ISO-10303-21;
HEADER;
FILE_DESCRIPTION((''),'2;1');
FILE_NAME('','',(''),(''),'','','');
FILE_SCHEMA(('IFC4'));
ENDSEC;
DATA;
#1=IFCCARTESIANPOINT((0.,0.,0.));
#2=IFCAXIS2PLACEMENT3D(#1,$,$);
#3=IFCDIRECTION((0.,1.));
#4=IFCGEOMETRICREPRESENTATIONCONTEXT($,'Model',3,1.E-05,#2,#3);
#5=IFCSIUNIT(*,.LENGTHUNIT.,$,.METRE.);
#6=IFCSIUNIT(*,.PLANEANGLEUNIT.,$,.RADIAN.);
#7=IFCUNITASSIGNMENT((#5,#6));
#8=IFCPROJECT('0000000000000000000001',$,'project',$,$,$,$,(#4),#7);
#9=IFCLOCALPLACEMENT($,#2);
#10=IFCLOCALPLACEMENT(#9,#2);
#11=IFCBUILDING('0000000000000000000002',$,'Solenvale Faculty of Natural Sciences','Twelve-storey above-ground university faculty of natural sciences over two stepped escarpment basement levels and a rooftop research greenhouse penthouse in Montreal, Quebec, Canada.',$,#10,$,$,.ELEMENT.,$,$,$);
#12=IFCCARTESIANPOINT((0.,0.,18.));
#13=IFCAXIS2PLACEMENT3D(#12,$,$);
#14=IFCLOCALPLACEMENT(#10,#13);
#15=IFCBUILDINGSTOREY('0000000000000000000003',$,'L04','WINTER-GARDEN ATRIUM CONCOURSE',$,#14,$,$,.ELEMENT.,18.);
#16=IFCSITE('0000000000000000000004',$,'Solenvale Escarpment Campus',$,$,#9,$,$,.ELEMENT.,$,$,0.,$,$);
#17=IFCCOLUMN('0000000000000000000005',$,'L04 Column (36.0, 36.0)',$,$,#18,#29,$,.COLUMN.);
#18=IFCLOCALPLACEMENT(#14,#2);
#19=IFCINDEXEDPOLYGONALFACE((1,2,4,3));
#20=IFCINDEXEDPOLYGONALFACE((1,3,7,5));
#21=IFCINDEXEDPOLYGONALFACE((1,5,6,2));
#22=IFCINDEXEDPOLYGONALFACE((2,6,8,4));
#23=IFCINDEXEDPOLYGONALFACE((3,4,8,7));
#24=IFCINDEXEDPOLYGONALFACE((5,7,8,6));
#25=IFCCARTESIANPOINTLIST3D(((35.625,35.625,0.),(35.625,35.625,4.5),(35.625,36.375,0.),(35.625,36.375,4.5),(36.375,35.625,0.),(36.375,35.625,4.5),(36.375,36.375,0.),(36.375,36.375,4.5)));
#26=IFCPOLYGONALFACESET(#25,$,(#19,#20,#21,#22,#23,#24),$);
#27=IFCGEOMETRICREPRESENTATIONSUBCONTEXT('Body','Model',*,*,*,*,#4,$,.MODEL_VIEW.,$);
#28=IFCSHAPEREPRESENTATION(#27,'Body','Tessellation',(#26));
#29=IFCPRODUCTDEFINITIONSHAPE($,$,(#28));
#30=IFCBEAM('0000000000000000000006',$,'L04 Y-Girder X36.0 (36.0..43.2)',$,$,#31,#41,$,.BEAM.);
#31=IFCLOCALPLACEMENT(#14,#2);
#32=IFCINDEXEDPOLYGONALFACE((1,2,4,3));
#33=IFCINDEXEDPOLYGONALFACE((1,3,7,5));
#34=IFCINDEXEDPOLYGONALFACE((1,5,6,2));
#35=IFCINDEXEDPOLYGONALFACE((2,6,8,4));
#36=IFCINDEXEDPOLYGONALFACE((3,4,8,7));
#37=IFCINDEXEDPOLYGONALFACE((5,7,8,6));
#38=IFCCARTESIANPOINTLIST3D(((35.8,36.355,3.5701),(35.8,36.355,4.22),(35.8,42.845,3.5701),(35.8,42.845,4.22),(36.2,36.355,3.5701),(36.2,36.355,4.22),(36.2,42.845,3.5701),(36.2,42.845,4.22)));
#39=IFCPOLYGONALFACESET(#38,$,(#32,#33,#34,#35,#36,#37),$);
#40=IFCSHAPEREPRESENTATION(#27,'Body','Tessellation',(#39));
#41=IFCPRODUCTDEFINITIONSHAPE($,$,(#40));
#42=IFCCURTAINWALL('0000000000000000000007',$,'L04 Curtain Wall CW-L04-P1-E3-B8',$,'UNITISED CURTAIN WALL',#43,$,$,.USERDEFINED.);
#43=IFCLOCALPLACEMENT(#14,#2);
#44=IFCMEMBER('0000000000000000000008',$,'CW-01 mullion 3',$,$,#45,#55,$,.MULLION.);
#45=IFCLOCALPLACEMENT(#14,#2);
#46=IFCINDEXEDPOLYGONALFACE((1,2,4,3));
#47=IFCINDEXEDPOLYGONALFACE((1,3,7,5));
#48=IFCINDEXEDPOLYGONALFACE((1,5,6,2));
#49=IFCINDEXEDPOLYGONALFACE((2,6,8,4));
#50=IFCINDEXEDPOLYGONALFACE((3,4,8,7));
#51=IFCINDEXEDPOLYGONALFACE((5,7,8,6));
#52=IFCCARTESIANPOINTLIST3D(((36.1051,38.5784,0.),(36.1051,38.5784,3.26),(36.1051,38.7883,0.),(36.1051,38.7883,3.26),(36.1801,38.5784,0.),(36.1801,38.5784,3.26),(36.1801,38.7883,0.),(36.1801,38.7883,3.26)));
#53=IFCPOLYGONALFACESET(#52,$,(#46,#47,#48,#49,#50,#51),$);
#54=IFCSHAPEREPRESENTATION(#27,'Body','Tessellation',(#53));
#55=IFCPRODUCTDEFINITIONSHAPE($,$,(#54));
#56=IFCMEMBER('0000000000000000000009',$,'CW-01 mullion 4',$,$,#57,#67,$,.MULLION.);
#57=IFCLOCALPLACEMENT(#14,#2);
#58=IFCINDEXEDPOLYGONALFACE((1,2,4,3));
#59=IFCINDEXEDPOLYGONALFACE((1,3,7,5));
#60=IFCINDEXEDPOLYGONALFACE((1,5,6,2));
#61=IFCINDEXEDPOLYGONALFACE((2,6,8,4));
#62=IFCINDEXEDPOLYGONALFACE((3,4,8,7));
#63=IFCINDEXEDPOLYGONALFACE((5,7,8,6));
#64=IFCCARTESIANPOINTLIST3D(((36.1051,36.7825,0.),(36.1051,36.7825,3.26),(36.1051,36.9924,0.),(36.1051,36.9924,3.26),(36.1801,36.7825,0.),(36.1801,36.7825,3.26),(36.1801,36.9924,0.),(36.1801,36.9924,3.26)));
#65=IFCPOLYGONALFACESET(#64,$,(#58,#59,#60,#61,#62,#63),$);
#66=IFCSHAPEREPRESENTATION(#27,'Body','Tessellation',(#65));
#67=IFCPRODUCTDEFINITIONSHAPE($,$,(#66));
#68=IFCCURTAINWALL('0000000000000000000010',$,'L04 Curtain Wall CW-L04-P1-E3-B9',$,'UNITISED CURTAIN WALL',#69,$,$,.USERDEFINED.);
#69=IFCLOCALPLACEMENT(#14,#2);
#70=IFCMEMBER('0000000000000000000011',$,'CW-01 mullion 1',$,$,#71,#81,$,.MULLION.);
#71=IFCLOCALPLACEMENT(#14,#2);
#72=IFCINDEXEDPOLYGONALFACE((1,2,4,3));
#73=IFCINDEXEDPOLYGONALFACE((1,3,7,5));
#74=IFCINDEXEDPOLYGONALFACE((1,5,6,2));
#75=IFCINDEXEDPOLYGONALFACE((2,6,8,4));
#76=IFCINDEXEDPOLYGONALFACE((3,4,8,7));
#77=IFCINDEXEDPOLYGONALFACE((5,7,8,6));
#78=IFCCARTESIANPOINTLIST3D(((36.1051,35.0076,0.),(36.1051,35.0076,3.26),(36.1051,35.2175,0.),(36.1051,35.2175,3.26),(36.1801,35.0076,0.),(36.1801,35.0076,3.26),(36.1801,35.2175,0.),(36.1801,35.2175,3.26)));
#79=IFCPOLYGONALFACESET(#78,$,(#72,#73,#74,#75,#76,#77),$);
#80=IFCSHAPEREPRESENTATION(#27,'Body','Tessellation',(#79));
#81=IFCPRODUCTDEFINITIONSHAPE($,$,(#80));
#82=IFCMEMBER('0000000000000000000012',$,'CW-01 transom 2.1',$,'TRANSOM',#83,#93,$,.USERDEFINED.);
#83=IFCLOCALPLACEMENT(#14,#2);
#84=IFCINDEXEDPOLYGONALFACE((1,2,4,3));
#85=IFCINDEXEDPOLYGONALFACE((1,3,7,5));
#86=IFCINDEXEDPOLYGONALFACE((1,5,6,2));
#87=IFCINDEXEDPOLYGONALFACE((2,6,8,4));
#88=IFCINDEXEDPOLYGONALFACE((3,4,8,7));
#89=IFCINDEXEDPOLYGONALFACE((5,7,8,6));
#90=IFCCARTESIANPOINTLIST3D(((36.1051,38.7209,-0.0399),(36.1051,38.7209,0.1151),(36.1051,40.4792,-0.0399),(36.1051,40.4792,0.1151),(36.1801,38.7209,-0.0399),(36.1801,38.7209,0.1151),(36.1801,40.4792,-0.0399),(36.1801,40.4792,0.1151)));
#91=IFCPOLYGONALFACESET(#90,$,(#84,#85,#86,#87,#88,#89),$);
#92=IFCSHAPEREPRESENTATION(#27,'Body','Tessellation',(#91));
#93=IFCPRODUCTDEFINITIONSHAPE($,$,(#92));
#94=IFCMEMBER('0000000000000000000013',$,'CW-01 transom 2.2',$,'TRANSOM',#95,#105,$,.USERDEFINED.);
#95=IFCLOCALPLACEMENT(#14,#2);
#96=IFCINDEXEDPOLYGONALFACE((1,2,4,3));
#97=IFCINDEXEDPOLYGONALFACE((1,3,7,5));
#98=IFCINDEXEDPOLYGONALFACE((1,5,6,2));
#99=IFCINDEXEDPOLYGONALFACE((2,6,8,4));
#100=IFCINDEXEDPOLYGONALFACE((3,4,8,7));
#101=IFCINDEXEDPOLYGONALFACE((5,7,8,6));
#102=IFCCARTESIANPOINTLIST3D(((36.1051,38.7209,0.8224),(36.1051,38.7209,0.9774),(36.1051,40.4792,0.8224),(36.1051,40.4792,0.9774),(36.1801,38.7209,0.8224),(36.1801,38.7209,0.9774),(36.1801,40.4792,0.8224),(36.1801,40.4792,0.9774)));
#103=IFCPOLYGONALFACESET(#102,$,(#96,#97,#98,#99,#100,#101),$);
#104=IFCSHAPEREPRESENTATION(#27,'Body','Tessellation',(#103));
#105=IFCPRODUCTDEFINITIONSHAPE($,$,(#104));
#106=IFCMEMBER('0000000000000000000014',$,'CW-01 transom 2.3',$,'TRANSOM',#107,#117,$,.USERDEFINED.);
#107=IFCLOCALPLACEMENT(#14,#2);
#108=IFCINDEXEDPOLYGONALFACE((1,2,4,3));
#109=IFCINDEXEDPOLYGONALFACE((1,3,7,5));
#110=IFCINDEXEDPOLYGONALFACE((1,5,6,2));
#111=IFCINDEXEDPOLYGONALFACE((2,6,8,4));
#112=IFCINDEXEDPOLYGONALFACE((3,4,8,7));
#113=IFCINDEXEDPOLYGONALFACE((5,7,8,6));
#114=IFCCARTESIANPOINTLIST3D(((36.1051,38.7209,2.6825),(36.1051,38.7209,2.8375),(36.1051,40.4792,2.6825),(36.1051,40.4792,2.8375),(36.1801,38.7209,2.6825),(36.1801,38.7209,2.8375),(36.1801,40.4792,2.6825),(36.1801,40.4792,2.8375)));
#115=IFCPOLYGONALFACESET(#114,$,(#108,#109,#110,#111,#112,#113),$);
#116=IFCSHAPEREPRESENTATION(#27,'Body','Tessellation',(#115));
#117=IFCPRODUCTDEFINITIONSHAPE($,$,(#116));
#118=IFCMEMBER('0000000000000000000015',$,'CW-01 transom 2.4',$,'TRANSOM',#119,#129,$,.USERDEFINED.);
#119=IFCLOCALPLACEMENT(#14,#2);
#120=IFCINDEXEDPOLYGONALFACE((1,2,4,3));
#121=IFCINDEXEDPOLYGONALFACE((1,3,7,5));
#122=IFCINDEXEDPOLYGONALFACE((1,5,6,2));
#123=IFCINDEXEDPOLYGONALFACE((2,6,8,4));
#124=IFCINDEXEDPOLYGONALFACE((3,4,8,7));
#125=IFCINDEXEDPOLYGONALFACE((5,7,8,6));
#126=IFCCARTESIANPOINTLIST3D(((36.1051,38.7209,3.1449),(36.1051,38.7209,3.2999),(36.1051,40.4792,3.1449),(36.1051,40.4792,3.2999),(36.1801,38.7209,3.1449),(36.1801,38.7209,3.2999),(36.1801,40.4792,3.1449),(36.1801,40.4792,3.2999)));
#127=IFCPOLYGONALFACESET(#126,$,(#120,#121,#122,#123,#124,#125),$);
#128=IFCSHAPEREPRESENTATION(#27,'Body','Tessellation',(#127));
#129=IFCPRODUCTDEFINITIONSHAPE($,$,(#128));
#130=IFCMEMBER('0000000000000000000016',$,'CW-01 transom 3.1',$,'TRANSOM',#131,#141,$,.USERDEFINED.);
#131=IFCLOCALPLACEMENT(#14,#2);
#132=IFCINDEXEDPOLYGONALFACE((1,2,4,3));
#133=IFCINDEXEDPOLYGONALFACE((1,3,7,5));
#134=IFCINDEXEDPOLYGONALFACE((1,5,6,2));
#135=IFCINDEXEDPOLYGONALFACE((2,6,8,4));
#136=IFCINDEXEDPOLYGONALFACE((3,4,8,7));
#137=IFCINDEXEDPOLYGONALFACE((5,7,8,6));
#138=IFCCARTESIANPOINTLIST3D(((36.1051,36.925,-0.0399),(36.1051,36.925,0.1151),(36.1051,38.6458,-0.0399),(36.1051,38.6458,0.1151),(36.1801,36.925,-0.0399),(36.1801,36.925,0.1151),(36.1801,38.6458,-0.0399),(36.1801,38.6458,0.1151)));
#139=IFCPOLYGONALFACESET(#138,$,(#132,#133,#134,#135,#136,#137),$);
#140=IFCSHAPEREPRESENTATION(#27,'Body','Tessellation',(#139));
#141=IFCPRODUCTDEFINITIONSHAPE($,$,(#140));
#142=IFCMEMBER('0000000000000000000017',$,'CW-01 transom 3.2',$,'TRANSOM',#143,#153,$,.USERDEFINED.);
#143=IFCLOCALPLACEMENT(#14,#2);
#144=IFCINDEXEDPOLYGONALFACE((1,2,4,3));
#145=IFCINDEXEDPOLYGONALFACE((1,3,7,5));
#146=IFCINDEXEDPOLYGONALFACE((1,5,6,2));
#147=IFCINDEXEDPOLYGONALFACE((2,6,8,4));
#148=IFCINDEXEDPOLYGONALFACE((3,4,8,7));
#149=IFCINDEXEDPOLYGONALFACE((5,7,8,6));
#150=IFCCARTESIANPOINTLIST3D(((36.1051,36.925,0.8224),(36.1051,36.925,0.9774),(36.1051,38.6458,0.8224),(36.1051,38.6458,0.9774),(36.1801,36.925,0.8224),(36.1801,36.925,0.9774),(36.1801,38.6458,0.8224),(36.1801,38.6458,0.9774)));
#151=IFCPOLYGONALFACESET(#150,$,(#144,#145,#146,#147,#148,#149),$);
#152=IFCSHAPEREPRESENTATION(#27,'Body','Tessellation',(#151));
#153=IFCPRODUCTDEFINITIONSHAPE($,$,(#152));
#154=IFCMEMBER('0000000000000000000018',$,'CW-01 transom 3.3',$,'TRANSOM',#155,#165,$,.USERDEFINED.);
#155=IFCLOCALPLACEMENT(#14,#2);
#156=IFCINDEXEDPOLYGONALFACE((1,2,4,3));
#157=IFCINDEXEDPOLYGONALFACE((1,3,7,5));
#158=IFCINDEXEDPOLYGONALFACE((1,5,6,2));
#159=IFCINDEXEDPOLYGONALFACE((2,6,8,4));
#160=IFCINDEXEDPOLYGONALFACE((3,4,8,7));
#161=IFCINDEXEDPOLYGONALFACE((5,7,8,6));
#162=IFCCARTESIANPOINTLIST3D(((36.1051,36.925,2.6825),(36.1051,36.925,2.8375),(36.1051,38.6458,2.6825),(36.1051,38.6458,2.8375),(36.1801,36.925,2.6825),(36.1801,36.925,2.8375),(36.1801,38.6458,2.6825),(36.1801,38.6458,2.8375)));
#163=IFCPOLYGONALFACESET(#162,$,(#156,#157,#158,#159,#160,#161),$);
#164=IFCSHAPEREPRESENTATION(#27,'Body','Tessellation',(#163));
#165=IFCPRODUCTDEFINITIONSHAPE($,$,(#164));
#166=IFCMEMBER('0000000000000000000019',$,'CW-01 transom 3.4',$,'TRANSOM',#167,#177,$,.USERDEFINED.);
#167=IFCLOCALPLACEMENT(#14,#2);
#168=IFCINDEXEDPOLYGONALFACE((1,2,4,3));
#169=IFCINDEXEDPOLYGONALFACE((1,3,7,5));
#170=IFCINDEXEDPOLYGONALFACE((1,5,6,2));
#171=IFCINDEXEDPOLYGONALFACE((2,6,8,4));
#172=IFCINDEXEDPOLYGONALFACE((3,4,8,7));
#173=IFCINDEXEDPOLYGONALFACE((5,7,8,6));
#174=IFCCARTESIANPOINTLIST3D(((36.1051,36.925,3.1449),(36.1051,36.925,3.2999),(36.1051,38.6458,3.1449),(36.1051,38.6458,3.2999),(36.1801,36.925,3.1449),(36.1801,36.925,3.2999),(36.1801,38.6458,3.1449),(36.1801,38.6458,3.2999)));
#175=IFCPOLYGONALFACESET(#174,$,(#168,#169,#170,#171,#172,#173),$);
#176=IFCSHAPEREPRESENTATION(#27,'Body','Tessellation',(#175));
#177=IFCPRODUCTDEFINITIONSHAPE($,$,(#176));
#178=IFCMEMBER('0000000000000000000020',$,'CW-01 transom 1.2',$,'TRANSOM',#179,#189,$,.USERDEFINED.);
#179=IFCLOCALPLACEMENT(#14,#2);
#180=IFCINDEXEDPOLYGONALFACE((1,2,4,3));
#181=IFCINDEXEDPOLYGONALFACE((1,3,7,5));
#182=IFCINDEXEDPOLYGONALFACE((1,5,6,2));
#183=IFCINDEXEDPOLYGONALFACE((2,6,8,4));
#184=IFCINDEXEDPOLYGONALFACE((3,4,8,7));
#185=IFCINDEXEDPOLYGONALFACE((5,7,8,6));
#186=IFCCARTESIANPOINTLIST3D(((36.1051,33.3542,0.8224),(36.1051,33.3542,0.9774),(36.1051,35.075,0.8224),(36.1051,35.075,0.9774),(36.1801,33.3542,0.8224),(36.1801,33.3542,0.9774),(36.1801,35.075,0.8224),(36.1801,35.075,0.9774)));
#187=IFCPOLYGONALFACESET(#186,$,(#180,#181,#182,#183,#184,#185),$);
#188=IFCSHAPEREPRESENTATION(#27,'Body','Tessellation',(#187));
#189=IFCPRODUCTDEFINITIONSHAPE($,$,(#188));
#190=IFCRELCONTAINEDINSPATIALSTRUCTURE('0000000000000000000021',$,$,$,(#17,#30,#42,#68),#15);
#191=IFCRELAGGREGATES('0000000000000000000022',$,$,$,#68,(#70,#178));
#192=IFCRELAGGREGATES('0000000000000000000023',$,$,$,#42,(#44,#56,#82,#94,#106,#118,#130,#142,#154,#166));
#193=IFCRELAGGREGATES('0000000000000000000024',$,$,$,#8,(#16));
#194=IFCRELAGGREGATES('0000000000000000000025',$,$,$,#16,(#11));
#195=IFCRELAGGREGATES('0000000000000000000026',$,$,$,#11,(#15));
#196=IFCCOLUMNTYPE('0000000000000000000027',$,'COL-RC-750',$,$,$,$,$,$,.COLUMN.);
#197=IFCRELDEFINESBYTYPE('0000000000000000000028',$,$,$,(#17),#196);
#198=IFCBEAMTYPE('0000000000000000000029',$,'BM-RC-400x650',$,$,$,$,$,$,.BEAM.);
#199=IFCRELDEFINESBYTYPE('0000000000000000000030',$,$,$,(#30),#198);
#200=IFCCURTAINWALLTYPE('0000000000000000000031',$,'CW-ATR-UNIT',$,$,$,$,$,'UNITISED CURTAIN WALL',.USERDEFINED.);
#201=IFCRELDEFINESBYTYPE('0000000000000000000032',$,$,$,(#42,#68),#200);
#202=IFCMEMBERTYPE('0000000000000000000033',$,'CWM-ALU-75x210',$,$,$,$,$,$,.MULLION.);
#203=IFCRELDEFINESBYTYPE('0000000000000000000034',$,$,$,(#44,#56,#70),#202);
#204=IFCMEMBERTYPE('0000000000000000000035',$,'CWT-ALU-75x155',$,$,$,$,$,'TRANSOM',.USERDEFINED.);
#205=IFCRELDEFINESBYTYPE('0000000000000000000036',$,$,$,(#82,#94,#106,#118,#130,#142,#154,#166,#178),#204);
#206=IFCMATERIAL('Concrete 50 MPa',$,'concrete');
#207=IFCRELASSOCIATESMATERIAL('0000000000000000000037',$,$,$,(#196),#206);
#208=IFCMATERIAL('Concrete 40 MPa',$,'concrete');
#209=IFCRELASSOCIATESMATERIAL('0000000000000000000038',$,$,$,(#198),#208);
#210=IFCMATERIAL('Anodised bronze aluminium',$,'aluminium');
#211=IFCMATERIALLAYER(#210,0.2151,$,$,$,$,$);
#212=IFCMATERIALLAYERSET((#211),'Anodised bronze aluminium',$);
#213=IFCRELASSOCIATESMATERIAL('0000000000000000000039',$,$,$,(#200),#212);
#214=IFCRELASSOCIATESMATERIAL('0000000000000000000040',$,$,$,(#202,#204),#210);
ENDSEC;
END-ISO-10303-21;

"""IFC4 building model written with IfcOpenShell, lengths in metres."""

from ifc_helpers import new_model, si_unit, direction, frame, origin, origin_2d, place, context, subcontext, project, spatial, rectangle, extrude, material, layer, layer_set, material_profile, profile_set, type_object, element, aggregate, save


model = new_model("IFC4")

# Units and contexts
model_context = context("Model", 3, precision=1e-05, world=origin(), true_north=direction((0.0, 1.0)))
body_context = subcontext(model_context, "Body", "Model", "MODEL_VIEW")
ifc_project = project(units=[si_unit("LENGTHUNIT", "METRE"), si_unit("PLANEANGLEUNIT", "RADIAN")], contexts=[model_context])

# Site, building, storey
site_placement = place(None, origin())
site = spatial("IfcSite", under=ifc_project, at=site_placement, Name="Solenvale Escarpment Campus", CompositionType="ELEMENT", RefElevation=0.0)
building_placement = place(site_placement, origin())
building = spatial("IfcBuilding", under=site, at=building_placement, Name="Solenvale Faculty of Natural Sciences", Description="Twelve-storey above-ground university faculty of natural sciences over two stepped escarpment basement levels and a rooftop research greenhouse penthouse in Montreal, Quebec, Canada.", CompositionType="ELEMENT")
storey_placement = place(building_placement, frame((0.0, 0.0, 18.0)))
storey = spatial("IfcBuildingStorey", under=building, at=storey_placement, Name="L04", Description="WINTER-GARDEN ATRIUM CONCOURSE", CompositionType="ELEMENT", Elevation=18.0)

# Column
ifc_material_1 = material(Name="Concrete 50 MPa", Category="concrete")
ifc_material_profile_1 = material_profile(ifc_material_1, rectangle(XDim=0.75, YDim=0.75, at=origin_2d()), Name="RC-COL-750x750")
ifc_profile_set_1 = profile_set([ifc_material_profile_1], Name="Concrete 50 MPa")
column_type = type_object("IfcColumnType", Name="COL-RC-750", PredefinedType="COLUMN", material=ifc_profile_set_1)
column_placement = place(storey_placement, frame((36.0, 36.0, 0.0), z_axis=(0.0, 0.0, 1.0), x_axis=(1.0, 0.0, 0.0)))
element("IfcColumn", 1, at=column_placement, inside=storey, type_object=column_type, Name="L04 Column (36.0, 36.0)", PredefinedType="COLUMN", context=body_context, shape_type="SweptSolid", body=[
    extrude(rectangle(XDim=0.75, YDim=0.75, at=origin_2d()), origin(), (0.0, 0.0, 1.0), 4.5),
])

# Beam
ifc_material_2 = material(Name="Concrete 40 MPa", Category="concrete")
ifc_material_profile_2 = material_profile(ifc_material_2, rectangle(XDim=0.3999, YDim=0.6499, at=origin_2d()), Name="RC-BM-400x650")
ifc_profile_set_2 = profile_set([ifc_material_profile_2], Name="Concrete 40 MPa")
beam_type = type_object("IfcBeamType", Name="BM-RC-400x650", PredefinedType="BEAM", material=ifc_profile_set_2)
beam_placement = place(storey_placement, frame((36.0, 36.355, 3.895), z_axis=(0.0, 1.0, 0.0), x_axis=(-1.0, 0.0, 0.0)))
element("IfcBeam", 2, at=beam_placement, inside=storey, type_object=beam_type, Name="L04 Y-Girder X36.0 (36.0..43.2)", PredefinedType="BEAM", context=body_context, shape_type="SweptSolid", body=[
    extrude(rectangle(XDim=0.3999, YDim=0.6499, at=origin_2d()), origin(), (0.0, 0.0, 1.0), 6.49),
])

# Curtain wall, members
ifc_material_3 = material(Name="Anodised bronze aluminium", Category="aluminium")
ifc_layer_1 = layer(ifc_material_3, 0.2151)
ifc_layer_set_1 = layer_set([ifc_layer_1], Name="Anodised bronze aluminium")
curtain_wall_type = type_object("IfcCurtainWallType", Name="CW-ATR-UNIT", ElementType="UNITISED CURTAIN WALL", PredefinedType="USERDEFINED", material=ifc_layer_set_1)
curtain_wall_1_placement = place(storey_placement, origin())
curtain_wall_1 = element("IfcCurtainWall", 3, at=curtain_wall_1_placement, inside=storey, type_object=curtain_wall_type, Name="L04 Curtain Wall CW-L04-P1-E3-B8", ObjectType="UNITISED CURTAIN WALL", PredefinedType="USERDEFINED")
ifc_material_profile_3 = material_profile(ifc_material_3, rectangle(XDim=0.075, YDim=0.21, at=origin_2d()), Name="ALU-MUL-75x210")
ifc_profile_set_3 = profile_set([ifc_material_profile_3], Name="Anodised bronze aluminium")
member_type_1 = type_object("IfcMemberType", Name="CWM-ALU-75x210", PredefinedType="MULLION", material=ifc_profile_set_3)
member_1_placement = place(storey_placement, frame((36.1426, 38.6833, 0.0), z_axis=(0.0, 0.0, 1.0), x_axis=(1.0, 0.0, 0.0)))
member_1 = element("IfcMember", 4, at=member_1_placement, type_object=member_type_1, Name="CW-01 mullion 3", PredefinedType="MULLION", context=body_context, shape_type="SweptSolid", body=[
    extrude(rectangle(XDim=0.075, YDim=0.21, at=origin_2d()), origin(), (0.0, 0.0, 1.0), 3.26),
])
member_2_placement = place(storey_placement, frame((36.1426, 36.8875, 0.0), z_axis=(0.0, 0.0, 1.0), x_axis=(1.0, 0.0, 0.0)))
member_2 = element("IfcMember", 5, at=member_2_placement, type_object=member_type_1, Name="CW-01 mullion 4", PredefinedType="MULLION", context=body_context, shape_type="SweptSolid", body=[
    extrude(rectangle(XDim=0.075, YDim=0.21, at=origin_2d()), origin(), (0.0, 0.0, 1.0), 3.26),
])

# Curtain wall, member
curtain_wall_2_placement = place(storey_placement, origin())
curtain_wall_2 = element("IfcCurtainWall", 6, at=curtain_wall_2_placement, inside=storey, type_object=curtain_wall_type, Name="L04 Curtain Wall CW-L04-P1-E3-B9", ObjectType="UNITISED CURTAIN WALL", PredefinedType="USERDEFINED")
member_3_placement = place(storey_placement, frame((36.1426, 35.1125, 0.0), z_axis=(0.0, 0.0, 1.0), x_axis=(1.0, 0.0, 0.0)))
member_3 = element("IfcMember", 7, at=member_3_placement, type_object=member_type_1, Name="CW-01 mullion 1", PredefinedType="MULLION", context=body_context, shape_type="SweptSolid", body=[
    extrude(rectangle(XDim=0.075, YDim=0.21, at=origin_2d()), origin(), (0.0, 0.0, 1.0), 3.26),
])

# Members
ifc_material_profile_4 = material_profile(ifc_material_3, rectangle(XDim=0.075, YDim=0.155, at=origin_2d()), Name="ALU-TRN-75x155")
ifc_profile_set_4 = profile_set([ifc_material_profile_4], Name="Anodised bronze aluminium")
member_type_2 = type_object("IfcMemberType", Name="CWT-ALU-75x155", ElementType="TRANSOM", PredefinedType="USERDEFINED", material=ifc_profile_set_4)
member_4_placement = place(storey_placement, frame((36.1426, 40.4792, 0.0376), z_axis=(0.0, -1.0, 0.0), x_axis=(1.0, 0.0, 0.0)))
member_4 = element("IfcMember", 8, at=member_4_placement, type_object=member_type_2, Name="CW-01 transom 2.1", ObjectType="TRANSOM", PredefinedType="USERDEFINED", context=body_context, shape_type="SweptSolid", body=[
    extrude(rectangle(XDim=0.075, YDim=0.155, at=origin_2d()), origin(), (0.0, 0.0, 1.0), 1.7583),
])
member_5_placement = place(storey_placement, frame((36.1426, 40.4792, 0.8999), z_axis=(0.0, -1.0, 0.0), x_axis=(1.0, 0.0, 0.0)))
member_5 = element("IfcMember", 9, at=member_5_placement, type_object=member_type_2, Name="CW-01 transom 2.2", ObjectType="TRANSOM", PredefinedType="USERDEFINED", context=body_context, shape_type="SweptSolid", body=[
    extrude(rectangle(XDim=0.075, YDim=0.155, at=origin_2d()), origin(), (0.0, 0.0, 1.0), 1.7583),
])
member_6_placement = place(storey_placement, frame((36.1426, 40.4792, 2.76), z_axis=(0.0, -1.0, 0.0), x_axis=(1.0, 0.0, 0.0)))
member_6 = element("IfcMember", 10, at=member_6_placement, type_object=member_type_2, Name="CW-01 transom 2.3", ObjectType="TRANSOM", PredefinedType="USERDEFINED", context=body_context, shape_type="SweptSolid", body=[
    extrude(rectangle(XDim=0.075, YDim=0.155, at=origin_2d()), origin(), (0.0, 0.0, 1.0), 1.7583),
])
member_7_placement = place(storey_placement, frame((36.1426, 40.4792, 3.2224), z_axis=(0.0, -1.0, 0.0), x_axis=(1.0, 0.0, 0.0)))
member_7 = element("IfcMember", 11, at=member_7_placement, type_object=member_type_2, Name="CW-01 transom 2.4", ObjectType="TRANSOM", PredefinedType="USERDEFINED", context=body_context, shape_type="SweptSolid", body=[
    extrude(rectangle(XDim=0.075, YDim=0.155, at=origin_2d()), origin(), (0.0, 0.0, 1.0), 1.7583),
])
member_8_placement = place(storey_placement, frame((36.1426, 38.6458, 0.0376), z_axis=(0.0, -1.0, 0.0), x_axis=(1.0, 0.0, 0.0)))
member_8 = element("IfcMember", 12, at=member_8_placement, type_object=member_type_2, Name="CW-01 transom 3.1", ObjectType="TRANSOM", PredefinedType="USERDEFINED", context=body_context, shape_type="SweptSolid", body=[
    extrude(rectangle(XDim=0.075, YDim=0.155, at=origin_2d()), origin(), (0.0, 0.0, 1.0), 1.7207),
])
member_9_placement = place(storey_placement, frame((36.1426, 38.6458, 0.8999), z_axis=(0.0, -1.0, 0.0), x_axis=(1.0, 0.0, 0.0)))
member_9 = element("IfcMember", 13, at=member_9_placement, type_object=member_type_2, Name="CW-01 transom 3.2", ObjectType="TRANSOM", PredefinedType="USERDEFINED", context=body_context, shape_type="SweptSolid", body=[
    extrude(rectangle(XDim=0.075, YDim=0.155, at=origin_2d()), origin(), (0.0, 0.0, 1.0), 1.7207),
])
member_10_placement = place(storey_placement, frame((36.1426, 38.6458, 2.76), z_axis=(0.0, -1.0, 0.0), x_axis=(1.0, 0.0, 0.0)))
member_10 = element("IfcMember", 14, at=member_10_placement, type_object=member_type_2, Name="CW-01 transom 3.3", ObjectType="TRANSOM", PredefinedType="USERDEFINED", context=body_context, shape_type="SweptSolid", body=[
    extrude(rectangle(XDim=0.075, YDim=0.155, at=origin_2d()), origin(), (0.0, 0.0, 1.0), 1.7207),
])
member_11_placement = place(storey_placement, frame((36.1426, 38.6458, 3.2224), z_axis=(0.0, -1.0, 0.0), x_axis=(1.0, 0.0, 0.0)))
member_11 = element("IfcMember", 15, at=member_11_placement, type_object=member_type_2, Name="CW-01 transom 3.4", ObjectType="TRANSOM", PredefinedType="USERDEFINED", context=body_context, shape_type="SweptSolid", body=[
    extrude(rectangle(XDim=0.075, YDim=0.155, at=origin_2d()), origin(), (0.0, 0.0, 1.0), 1.7207),
])
member_12_placement = place(storey_placement, frame((36.1426, 35.075, 0.8999), z_axis=(0.0, -1.0, 0.0), x_axis=(1.0, 0.0, 0.0)))
member_12 = element("IfcMember", 16, at=member_12_placement, type_object=member_type_2, Name="CW-01 transom 1.2", ObjectType="TRANSOM", PredefinedType="USERDEFINED", context=body_context, shape_type="SweptSolid", body=[
    extrude(rectangle(XDim=0.075, YDim=0.155, at=origin_2d()), origin(), (0.0, 0.0, 1.0), 1.7207),
])
aggregate(curtain_wall_2, [member_3, member_12])

aggregate(curtain_wall_1, [member_1, member_2, member_4, member_5, member_6, member_7, member_8, member_9, member_10, member_11])

save(model, "model.ifc")
